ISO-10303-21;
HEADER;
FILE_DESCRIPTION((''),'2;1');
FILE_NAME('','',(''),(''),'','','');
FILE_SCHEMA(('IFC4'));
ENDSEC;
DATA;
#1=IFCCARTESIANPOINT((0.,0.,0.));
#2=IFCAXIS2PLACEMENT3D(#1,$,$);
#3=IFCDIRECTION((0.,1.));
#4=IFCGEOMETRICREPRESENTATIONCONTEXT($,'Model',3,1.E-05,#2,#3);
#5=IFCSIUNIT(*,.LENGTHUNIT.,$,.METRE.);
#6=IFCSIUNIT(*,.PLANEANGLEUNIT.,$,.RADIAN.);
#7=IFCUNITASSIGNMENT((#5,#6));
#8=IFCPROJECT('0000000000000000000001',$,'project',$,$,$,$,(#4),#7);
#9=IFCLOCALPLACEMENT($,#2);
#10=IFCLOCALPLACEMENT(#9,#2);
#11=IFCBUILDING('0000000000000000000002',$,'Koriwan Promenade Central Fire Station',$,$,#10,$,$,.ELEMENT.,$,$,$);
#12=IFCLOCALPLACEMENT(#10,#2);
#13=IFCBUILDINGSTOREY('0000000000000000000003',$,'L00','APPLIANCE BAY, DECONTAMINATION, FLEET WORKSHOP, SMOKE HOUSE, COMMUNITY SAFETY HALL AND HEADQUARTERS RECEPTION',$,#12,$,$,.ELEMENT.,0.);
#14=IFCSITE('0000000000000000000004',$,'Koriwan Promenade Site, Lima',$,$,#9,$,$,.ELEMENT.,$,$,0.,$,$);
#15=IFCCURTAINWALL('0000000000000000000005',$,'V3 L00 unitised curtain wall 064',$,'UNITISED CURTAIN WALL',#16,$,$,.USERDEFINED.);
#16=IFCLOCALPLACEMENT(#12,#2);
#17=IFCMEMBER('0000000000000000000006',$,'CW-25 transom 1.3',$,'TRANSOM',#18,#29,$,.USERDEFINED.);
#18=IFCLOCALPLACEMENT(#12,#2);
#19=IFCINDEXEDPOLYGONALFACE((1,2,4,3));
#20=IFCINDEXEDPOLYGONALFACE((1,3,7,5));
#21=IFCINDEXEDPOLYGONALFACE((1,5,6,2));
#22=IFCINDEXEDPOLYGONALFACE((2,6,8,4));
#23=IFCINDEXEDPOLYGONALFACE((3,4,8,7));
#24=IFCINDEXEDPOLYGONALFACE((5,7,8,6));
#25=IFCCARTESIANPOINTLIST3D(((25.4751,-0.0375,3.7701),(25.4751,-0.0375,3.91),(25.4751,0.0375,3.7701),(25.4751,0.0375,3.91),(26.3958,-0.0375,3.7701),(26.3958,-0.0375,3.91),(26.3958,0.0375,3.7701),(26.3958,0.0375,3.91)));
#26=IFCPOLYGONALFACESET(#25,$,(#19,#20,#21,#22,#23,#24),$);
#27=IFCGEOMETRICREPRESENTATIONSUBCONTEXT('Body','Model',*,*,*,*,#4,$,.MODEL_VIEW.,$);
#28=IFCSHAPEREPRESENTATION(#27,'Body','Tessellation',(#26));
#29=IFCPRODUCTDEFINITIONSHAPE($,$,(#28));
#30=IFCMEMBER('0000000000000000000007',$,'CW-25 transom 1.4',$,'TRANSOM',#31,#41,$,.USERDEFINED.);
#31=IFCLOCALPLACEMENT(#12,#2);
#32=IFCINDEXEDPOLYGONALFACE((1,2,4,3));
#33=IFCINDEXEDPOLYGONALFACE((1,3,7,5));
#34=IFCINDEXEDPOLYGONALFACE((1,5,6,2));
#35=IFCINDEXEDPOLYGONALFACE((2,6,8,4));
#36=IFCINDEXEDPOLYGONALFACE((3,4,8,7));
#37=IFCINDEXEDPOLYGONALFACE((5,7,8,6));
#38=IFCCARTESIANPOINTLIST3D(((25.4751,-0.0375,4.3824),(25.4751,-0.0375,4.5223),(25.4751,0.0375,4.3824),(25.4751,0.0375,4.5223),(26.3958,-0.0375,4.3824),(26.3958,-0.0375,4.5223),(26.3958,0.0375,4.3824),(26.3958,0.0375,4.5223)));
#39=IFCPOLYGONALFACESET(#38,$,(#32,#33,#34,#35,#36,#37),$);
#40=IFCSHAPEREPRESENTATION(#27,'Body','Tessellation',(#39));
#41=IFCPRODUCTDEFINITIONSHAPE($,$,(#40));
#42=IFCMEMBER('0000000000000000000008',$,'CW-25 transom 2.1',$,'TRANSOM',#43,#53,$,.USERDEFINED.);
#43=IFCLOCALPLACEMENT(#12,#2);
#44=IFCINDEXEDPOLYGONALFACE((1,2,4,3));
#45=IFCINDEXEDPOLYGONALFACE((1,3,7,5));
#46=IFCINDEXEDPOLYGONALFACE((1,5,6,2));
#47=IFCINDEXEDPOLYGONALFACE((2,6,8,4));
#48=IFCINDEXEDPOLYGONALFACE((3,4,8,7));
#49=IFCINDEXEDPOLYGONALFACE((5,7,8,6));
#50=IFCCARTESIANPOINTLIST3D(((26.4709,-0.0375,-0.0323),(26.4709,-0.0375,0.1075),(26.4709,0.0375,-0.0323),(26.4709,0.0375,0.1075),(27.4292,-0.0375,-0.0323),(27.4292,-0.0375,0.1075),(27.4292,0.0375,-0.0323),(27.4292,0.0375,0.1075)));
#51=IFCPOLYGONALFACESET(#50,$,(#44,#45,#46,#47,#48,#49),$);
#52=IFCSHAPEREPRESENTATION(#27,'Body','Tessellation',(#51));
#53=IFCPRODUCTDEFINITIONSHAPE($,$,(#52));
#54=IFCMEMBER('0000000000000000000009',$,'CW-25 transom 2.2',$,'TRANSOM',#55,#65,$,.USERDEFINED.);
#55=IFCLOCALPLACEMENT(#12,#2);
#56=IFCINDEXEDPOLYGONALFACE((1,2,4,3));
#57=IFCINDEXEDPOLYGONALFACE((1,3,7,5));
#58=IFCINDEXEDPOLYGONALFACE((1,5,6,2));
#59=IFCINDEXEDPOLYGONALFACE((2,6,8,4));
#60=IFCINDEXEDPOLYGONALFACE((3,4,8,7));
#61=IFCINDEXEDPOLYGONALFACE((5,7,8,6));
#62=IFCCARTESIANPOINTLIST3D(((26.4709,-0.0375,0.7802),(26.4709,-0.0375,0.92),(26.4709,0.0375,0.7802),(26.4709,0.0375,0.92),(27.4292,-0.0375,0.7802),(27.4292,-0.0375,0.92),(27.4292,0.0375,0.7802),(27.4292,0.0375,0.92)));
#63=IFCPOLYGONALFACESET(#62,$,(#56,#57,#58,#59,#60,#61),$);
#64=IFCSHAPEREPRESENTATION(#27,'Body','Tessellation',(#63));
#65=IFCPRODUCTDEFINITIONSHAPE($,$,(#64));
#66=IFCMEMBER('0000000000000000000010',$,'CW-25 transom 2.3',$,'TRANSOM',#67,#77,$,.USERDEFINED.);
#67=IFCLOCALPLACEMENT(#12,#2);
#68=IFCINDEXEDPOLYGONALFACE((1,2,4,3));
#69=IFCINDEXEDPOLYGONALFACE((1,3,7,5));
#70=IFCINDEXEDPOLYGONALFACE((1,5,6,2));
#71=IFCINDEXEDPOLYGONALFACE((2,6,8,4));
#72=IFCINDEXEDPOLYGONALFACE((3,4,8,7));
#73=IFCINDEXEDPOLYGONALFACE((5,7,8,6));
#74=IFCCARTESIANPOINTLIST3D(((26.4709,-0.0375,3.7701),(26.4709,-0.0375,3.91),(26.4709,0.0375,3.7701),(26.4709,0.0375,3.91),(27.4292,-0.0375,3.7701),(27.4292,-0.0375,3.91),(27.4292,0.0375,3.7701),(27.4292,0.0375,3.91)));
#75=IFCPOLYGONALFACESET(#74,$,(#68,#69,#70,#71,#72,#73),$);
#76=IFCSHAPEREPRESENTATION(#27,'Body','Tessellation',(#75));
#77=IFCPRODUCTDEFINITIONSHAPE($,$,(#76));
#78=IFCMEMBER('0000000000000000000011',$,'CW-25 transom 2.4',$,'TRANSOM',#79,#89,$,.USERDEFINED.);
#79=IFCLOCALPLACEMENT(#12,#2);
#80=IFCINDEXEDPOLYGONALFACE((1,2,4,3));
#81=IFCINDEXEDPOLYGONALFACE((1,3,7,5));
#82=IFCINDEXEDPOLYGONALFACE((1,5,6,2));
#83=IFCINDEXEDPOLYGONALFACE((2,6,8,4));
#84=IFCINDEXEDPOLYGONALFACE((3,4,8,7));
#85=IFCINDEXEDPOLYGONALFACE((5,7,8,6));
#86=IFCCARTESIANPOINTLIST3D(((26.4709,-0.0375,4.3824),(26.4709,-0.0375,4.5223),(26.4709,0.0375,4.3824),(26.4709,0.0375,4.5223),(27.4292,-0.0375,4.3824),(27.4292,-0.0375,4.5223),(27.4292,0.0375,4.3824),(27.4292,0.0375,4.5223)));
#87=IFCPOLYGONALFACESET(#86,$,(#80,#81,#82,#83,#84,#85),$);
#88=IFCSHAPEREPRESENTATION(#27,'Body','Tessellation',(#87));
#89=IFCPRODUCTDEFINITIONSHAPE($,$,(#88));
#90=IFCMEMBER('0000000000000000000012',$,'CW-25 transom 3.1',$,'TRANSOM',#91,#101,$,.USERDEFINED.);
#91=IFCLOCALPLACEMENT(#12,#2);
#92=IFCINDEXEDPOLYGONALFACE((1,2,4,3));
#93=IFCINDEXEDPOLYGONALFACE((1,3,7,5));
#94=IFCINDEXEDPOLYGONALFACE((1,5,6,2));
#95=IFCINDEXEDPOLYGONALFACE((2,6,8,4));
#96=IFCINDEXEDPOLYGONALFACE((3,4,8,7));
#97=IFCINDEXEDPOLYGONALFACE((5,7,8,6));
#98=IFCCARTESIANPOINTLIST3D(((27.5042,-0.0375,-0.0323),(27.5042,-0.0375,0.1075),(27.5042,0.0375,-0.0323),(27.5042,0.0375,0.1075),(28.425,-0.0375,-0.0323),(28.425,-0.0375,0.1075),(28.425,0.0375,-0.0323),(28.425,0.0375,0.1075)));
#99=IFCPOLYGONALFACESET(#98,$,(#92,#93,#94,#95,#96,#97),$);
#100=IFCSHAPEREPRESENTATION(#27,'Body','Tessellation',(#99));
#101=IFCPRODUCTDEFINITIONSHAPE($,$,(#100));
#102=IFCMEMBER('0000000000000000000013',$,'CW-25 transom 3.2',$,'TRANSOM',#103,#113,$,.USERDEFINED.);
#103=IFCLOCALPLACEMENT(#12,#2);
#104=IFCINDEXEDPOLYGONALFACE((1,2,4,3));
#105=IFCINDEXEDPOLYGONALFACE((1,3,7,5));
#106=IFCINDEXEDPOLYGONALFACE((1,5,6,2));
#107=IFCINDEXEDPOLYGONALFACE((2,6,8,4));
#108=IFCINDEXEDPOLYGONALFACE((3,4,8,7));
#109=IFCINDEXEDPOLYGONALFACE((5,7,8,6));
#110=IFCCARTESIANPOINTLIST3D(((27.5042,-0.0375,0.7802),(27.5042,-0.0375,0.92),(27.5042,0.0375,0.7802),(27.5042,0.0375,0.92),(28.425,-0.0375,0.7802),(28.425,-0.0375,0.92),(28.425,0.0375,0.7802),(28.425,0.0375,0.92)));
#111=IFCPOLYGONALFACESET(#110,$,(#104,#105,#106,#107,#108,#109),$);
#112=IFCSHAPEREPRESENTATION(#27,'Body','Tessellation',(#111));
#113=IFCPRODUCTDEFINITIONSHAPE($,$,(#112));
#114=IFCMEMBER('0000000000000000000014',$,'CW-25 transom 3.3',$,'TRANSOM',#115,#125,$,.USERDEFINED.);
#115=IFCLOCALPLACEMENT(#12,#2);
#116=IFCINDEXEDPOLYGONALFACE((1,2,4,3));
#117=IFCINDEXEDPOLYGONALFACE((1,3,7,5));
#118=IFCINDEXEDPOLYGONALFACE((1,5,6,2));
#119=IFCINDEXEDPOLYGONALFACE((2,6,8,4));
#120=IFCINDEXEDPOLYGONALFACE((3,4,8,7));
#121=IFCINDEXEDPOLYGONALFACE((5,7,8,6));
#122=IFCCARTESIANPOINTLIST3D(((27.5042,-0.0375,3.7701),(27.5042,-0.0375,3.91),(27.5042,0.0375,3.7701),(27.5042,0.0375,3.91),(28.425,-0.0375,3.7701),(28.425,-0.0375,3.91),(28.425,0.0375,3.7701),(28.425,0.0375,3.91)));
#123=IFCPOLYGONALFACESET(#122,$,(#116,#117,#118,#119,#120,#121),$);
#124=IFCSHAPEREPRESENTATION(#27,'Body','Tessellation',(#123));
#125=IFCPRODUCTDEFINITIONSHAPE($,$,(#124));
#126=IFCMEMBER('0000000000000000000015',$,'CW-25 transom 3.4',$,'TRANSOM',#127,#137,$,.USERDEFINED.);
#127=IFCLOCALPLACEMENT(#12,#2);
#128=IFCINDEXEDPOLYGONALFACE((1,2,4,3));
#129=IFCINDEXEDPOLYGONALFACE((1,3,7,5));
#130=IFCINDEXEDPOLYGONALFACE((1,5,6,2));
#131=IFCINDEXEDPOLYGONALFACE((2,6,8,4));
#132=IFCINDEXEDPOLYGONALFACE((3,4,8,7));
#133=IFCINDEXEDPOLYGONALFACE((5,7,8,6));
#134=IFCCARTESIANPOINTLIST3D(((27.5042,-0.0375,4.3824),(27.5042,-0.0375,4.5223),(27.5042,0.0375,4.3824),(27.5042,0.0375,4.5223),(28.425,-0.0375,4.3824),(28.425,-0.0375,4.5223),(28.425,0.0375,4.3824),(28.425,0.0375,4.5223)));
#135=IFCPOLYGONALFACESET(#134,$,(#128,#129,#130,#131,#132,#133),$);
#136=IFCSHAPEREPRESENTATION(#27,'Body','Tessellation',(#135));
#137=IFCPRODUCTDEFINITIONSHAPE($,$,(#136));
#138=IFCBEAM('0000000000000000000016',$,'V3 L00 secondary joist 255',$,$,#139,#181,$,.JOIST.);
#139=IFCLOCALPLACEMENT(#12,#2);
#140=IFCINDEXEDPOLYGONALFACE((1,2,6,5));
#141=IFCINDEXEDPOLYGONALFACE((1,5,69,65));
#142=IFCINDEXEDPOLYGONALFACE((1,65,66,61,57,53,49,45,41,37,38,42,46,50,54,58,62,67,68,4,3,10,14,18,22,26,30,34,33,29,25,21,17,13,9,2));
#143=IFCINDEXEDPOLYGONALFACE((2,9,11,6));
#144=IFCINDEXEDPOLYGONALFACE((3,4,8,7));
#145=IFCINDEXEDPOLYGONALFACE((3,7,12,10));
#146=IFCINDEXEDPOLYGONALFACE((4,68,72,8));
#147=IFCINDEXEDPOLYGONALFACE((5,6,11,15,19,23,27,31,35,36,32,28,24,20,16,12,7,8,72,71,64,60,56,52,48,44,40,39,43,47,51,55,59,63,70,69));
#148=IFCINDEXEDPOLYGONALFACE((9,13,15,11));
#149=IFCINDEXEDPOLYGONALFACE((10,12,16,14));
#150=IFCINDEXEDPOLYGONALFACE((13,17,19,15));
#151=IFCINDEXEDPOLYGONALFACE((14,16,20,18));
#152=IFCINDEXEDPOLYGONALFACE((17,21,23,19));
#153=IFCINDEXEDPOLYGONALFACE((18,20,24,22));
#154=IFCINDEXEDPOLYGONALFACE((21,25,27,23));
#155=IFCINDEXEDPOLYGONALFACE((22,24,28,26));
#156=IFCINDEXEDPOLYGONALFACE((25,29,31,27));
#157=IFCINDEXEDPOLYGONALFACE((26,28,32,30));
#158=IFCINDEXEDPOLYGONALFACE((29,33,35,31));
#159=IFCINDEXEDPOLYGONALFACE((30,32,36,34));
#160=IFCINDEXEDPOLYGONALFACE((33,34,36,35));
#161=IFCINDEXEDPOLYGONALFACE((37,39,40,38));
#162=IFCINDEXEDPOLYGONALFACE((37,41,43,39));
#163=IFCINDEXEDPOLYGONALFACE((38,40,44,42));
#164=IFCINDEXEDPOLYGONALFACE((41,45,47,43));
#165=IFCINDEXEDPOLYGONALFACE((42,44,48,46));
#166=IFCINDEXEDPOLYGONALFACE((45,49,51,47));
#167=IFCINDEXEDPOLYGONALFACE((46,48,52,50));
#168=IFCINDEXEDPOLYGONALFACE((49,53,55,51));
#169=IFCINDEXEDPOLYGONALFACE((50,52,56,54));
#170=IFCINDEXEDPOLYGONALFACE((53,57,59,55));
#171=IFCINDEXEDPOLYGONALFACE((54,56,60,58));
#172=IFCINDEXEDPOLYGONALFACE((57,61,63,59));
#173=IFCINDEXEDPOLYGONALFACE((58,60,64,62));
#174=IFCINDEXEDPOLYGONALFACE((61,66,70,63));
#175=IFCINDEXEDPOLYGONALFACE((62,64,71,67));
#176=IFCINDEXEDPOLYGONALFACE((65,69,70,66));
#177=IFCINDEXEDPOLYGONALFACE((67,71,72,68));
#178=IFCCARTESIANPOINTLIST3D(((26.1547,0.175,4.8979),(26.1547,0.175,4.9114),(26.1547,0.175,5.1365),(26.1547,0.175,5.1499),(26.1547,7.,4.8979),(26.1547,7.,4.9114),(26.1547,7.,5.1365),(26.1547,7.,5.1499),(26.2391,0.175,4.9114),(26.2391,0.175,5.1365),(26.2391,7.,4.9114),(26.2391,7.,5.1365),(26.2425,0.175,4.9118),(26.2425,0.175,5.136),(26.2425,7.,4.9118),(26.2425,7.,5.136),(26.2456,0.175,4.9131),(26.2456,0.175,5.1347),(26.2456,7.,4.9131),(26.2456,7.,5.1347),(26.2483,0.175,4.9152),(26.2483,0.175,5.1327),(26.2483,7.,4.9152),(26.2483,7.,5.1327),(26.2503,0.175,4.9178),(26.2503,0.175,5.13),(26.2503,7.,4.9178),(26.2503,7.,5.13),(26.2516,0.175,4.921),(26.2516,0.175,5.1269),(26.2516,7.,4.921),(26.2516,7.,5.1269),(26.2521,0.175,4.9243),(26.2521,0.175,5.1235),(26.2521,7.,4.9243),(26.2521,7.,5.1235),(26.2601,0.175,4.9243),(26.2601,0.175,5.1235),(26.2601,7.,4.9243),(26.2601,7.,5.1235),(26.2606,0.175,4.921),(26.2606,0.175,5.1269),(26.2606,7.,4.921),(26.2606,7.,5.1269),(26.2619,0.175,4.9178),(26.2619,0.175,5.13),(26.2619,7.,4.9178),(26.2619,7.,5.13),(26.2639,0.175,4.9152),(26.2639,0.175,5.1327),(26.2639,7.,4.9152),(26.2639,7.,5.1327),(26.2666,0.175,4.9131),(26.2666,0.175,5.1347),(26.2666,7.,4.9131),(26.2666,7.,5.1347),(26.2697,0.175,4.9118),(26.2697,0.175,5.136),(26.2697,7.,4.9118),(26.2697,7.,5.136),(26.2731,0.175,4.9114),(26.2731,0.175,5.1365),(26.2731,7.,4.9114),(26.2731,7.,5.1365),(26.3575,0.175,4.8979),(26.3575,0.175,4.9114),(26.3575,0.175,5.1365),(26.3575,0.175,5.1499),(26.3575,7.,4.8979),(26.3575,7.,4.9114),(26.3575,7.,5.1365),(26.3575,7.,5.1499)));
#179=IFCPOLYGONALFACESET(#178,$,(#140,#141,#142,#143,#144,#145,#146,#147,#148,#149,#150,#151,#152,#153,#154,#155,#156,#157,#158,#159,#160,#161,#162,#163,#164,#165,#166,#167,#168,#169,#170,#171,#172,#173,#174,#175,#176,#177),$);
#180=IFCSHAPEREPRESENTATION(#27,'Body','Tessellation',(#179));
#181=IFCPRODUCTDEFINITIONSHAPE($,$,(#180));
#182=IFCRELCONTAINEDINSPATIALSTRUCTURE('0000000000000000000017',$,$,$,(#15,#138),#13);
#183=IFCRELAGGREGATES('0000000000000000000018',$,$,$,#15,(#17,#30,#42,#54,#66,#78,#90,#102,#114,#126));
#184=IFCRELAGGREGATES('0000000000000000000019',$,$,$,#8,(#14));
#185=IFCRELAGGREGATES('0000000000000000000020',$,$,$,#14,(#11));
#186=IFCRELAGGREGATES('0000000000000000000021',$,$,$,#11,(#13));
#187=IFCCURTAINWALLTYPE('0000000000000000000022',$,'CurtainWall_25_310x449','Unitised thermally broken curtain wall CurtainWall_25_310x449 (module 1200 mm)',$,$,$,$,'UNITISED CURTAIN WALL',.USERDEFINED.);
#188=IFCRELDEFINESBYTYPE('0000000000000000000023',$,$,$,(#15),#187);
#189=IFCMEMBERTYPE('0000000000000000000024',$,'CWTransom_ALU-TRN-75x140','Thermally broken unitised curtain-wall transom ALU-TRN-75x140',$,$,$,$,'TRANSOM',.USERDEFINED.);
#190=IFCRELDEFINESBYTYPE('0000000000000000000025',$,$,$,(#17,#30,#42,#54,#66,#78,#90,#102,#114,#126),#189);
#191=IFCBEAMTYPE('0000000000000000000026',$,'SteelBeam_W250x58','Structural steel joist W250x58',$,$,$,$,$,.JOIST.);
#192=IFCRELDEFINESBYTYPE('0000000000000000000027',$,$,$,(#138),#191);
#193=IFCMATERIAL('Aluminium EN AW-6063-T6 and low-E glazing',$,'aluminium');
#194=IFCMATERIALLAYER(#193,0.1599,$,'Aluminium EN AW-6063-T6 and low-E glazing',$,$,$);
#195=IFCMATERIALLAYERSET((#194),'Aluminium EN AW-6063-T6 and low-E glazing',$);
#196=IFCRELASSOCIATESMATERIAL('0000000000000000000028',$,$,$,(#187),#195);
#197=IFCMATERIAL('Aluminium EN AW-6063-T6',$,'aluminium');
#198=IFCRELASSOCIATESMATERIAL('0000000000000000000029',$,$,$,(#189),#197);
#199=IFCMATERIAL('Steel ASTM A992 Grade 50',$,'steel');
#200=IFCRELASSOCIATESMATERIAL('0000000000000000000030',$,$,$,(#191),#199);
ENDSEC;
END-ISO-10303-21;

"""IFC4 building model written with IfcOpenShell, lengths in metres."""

from ifc_helpers import new_model, si_unit, direction, frame, origin, origin_2d, place, context, subcontext, project, spatial, rectangle, i_section, extrude, material, layer, layer_set, material_profile, profile_set, type_object, element, aggregate, save


model = new_model("IFC4")

# Units and contexts
model_context = context("Model", 3, precision=1e-05, world=origin(), true_north=direction((0.0, 1.0)))
body_context = subcontext(model_context, "Body", "Model", "MODEL_VIEW")
ifc_project = project(units=[si_unit("LENGTHUNIT", "METRE"), si_unit("PLANEANGLEUNIT", "RADIAN")], contexts=[model_context])

# Site, building, storey
site_placement = place(None, origin())
site = spatial("IfcSite", under=ifc_project, at=site_placement, Name="Koriwan Promenade Site, Lima", CompositionType="ELEMENT", RefElevation=0.0)
building_placement = place(site_placement, origin())
building = spatial("IfcBuilding", under=site, at=building_placement, Name="Koriwan Promenade Central Fire Station", CompositionType="ELEMENT")
storey_placement = place(building_placement, origin())
storey = spatial("IfcBuildingStorey", under=building, at=storey_placement, Name="L00", Description="APPLIANCE BAY, DECONTAMINATION, FLEET WORKSHOP, SMOKE HOUSE, COMMUNITY SAFETY HALL AND HEADQUARTERS RECEPTION", CompositionType="ELEMENT", Elevation=0.0)

# Shared definitions
ifc_material_1 = material(Name="Aluminium EN AW-6063-T6 and low-E glazing", Category="aluminium")
ifc_material_2 = material(Name="Aluminium EN AW-6063-T6", Category="aluminium")

# Curtain wall
ifc_layer_1 = layer(ifc_material_1, 0.1599, Name="Aluminium EN AW-6063-T6 and low-E glazing")
ifc_layer_set_1 = layer_set([ifc_layer_1], Name="Aluminium EN AW-6063-T6 and low-E glazing")
curtain_wall_type_1 = type_object("IfcCurtainWallType", Name="CurtainWall_25_310x449", Description="Unitised thermally broken curtain wall CurtainWall_25_310x449 (module 1200 mm)", ElementType="UNITISED CURTAIN WALL", PredefinedType="USERDEFINED", material=ifc_layer_set_1)
curtain_wall_1_placement = place(storey_placement, origin())
curtain_wall_1 = element("IfcCurtainWall", 1, at=curtain_wall_1_placement, inside=storey, type_object=curtain_wall_type_1, Name="V3 L00 unitised curtain wall 064", ObjectType="UNITISED CURTAIN WALL", PredefinedType="USERDEFINED")

# Members
ifc_material_profile_1 = material_profile(ifc_material_2, rectangle(XDim=0.075, YDim=0.1399, at=origin_2d()), Name="ALU-TRN-75x140")
ifc_profile_set_1 = profile_set([ifc_material_profile_1], Name="Aluminium EN AW-6063-T6")
member_type_1 = type_object("IfcMemberType", Name="CWTransom_ALU-TRN-75x140", Description="Thermally broken unitised curtain-wall transom ALU-TRN-75x140", ElementType="TRANSOM", PredefinedType="USERDEFINED", material=ifc_profile_set_1)
member_1_placement = place(storey_placement, frame((25.4751, 0.0, 3.8401), z_axis=(1.0, 0.0, 0.0), x_axis=(0.0, 1.0, 0.0)))
member_1 = element("IfcMember", 2, at=member_1_placement, type_object=member_type_1, Name="CW-25 transom 1.3", ObjectType="TRANSOM", PredefinedType="USERDEFINED", context=body_context, shape_type="SweptSolid", body=[
    extrude(rectangle(XDim=0.075, YDim=0.1399, at=origin_2d()), origin(), (0.0, 0.0, 1.0), 0.9207),
])
member_2_placement = place(storey_placement, frame((25.4751, 0.0, 4.4524), z_axis=(1.0, 0.0, 0.0), x_axis=(0.0, 1.0, 0.0)))
member_2 = element("IfcMember", 3, at=member_2_placement, type_object=member_type_1, Name="CW-25 transom 1.4", ObjectType="TRANSOM", PredefinedType="USERDEFINED", context=body_context, shape_type="SweptSolid", body=[
    extrude(rectangle(XDim=0.075, YDim=0.1399, at=origin_2d()), origin(), (0.0, 0.0, 1.0), 0.9207),
])
member_3_placement = place(storey_placement, frame((26.4709, 0.0, 0.0376), z_axis=(1.0, 0.0, 0.0), x_axis=(0.0, 1.0, 0.0)))
member_3 = element("IfcMember", 4, at=member_3_placement, type_object=member_type_1, Name="CW-25 transom 2.1", ObjectType="TRANSOM", PredefinedType="USERDEFINED", context=body_context, shape_type="SweptSolid", body=[
    extrude(rectangle(XDim=0.075, YDim=0.1399, at=origin_2d()), origin(), (0.0, 0.0, 1.0), 0.9583),
])
member_4_placement = place(storey_placement, frame((26.4709, 0.0, 0.8501), z_axis=(1.0, 0.0, 0.0), x_axis=(0.0, 1.0, 0.0)))
member_4 = element("IfcMember", 5, at=member_4_placement, type_object=member_type_1, Name="CW-25 transom 2.2", ObjectType="TRANSOM", PredefinedType="USERDEFINED", context=body_context, shape_type="SweptSolid", body=[
    extrude(rectangle(XDim=0.075, YDim=0.1399, at=origin_2d()), origin(), (0.0, 0.0, 1.0), 0.9583),
])
member_5_placement = place(storey_placement, frame((26.4709, 0.0, 3.8401), z_axis=(1.0, 0.0, 0.0), x_axis=(0.0, 1.0, 0.0)))
member_5 = element("IfcMember", 6, at=member_5_placement, type_object=member_type_1, Name="CW-25 transom 2.3", ObjectType="TRANSOM", PredefinedType="USERDEFINED", context=body_context, shape_type="SweptSolid", body=[
    extrude(rectangle(XDim=0.075, YDim=0.1399, at=origin_2d()), origin(), (0.0, 0.0, 1.0), 0.9583),
])
member_6_placement = place(storey_placement, frame((26.4709, 0.0, 4.4524), z_axis=(1.0, 0.0, 0.0), x_axis=(0.0, 1.0, 0.0)))
member_6 = element("IfcMember", 7, at=member_6_placement, type_object=member_type_1, Name="CW-25 transom 2.4", ObjectType="TRANSOM", PredefinedType="USERDEFINED", context=body_context, shape_type="SweptSolid", body=[
    extrude(rectangle(XDim=0.075, YDim=0.1399, at=origin_2d()), origin(), (0.0, 0.0, 1.0), 0.9583),
])
member_7_placement = place(storey_placement, frame((27.5042, 0.0, 0.0376), z_axis=(1.0, 0.0, 0.0), x_axis=(0.0, 1.0, 0.0)))
member_7 = element("IfcMember", 8, at=member_7_placement, type_object=member_type_1, Name="CW-25 transom 3.1", ObjectType="TRANSOM", PredefinedType="USERDEFINED", context=body_context, shape_type="SweptSolid", body=[
    extrude(rectangle(XDim=0.075, YDim=0.1399, at=origin_2d()), origin(), (0.0, 0.0, 1.0), 0.9209),
])
member_8_placement = place(storey_placement, frame((27.5042, 0.0, 0.8501), z_axis=(1.0, 0.0, 0.0), x_axis=(0.0, 1.0, 0.0)))
member_8 = element("IfcMember", 9, at=member_8_placement, type_object=member_type_1, Name="CW-25 transom 3.2", ObjectType="TRANSOM", PredefinedType="USERDEFINED", context=body_context, shape_type="SweptSolid", body=[
    extrude(rectangle(XDim=0.075, YDim=0.1399, at=origin_2d()), origin(), (0.0, 0.0, 1.0), 0.9209),
])
member_9_placement = place(storey_placement, frame((27.5042, 0.0, 3.8401), z_axis=(1.0, 0.0, 0.0), x_axis=(0.0, 1.0, 0.0)))
member_9 = element("IfcMember", 10, at=member_9_placement, type_object=member_type_1, Name="CW-25 transom 3.3", ObjectType="TRANSOM", PredefinedType="USERDEFINED", context=body_context, shape_type="SweptSolid", body=[
    extrude(rectangle(XDim=0.075, YDim=0.1399, at=origin_2d()), origin(), (0.0, 0.0, 1.0), 0.9209),
])
member_10_placement = place(storey_placement, frame((27.5042, 0.0, 4.4524), z_axis=(1.0, 0.0, 0.0), x_axis=(0.0, 1.0, 0.0)))
member_10 = element("IfcMember", 11, at=member_10_placement, type_object=member_type_1, Name="CW-25 transom 3.4", ObjectType="TRANSOM", PredefinedType="USERDEFINED", context=body_context, shape_type="SweptSolid", body=[
    extrude(rectangle(XDim=0.075, YDim=0.1399, at=origin_2d()), origin(), (0.0, 0.0, 1.0), 0.9209),
])

# Beam
ifc_material_3 = material(Name="Steel ASTM A992 Grade 50", Category="steel")
ifc_material_profile_2 = material_profile(ifc_material_3, i_section(OverallWidth=0.2029, OverallDepth=0.252, WebThickness=0.0081, FlangeThickness=0.0134, FilletRadius=0.0129, at=origin_2d()), Name="W250x58")
ifc_profile_set_2 = profile_set([ifc_material_profile_2], Name="Steel ASTM A992 Grade 50")
beam_type_1 = type_object("IfcBeamType", Name="SteelBeam_W250x58", Description="Structural steel joist W250x58", PredefinedType="JOIST", material=ifc_profile_set_2)
beam_1_placement = place(storey_placement, frame((26.2561, 0.175, 5.0239), z_axis=(0.0, 1.0, 0.0), x_axis=(-1.0, 0.0, 0.0)))
element("IfcBeam", 12, at=beam_1_placement, inside=storey, type_object=beam_type_1, Name="V3 L00 secondary joist 255", PredefinedType="JOIST", context=body_context, shape_type="SweptSolid", body=[
    extrude(i_section(OverallWidth=0.2029, OverallDepth=0.252, WebThickness=0.0081, FlangeThickness=0.0134, FilletRadius=0.0129, at=origin_2d()), origin(), (0.0, 0.0, 1.0), 6.825),
])

aggregate(curtain_wall_1, [member_1, member_2, member_3, member_4, member_5, member_6, member_7, member_8, member_9, member_10])

save(model, "model.ifc")
